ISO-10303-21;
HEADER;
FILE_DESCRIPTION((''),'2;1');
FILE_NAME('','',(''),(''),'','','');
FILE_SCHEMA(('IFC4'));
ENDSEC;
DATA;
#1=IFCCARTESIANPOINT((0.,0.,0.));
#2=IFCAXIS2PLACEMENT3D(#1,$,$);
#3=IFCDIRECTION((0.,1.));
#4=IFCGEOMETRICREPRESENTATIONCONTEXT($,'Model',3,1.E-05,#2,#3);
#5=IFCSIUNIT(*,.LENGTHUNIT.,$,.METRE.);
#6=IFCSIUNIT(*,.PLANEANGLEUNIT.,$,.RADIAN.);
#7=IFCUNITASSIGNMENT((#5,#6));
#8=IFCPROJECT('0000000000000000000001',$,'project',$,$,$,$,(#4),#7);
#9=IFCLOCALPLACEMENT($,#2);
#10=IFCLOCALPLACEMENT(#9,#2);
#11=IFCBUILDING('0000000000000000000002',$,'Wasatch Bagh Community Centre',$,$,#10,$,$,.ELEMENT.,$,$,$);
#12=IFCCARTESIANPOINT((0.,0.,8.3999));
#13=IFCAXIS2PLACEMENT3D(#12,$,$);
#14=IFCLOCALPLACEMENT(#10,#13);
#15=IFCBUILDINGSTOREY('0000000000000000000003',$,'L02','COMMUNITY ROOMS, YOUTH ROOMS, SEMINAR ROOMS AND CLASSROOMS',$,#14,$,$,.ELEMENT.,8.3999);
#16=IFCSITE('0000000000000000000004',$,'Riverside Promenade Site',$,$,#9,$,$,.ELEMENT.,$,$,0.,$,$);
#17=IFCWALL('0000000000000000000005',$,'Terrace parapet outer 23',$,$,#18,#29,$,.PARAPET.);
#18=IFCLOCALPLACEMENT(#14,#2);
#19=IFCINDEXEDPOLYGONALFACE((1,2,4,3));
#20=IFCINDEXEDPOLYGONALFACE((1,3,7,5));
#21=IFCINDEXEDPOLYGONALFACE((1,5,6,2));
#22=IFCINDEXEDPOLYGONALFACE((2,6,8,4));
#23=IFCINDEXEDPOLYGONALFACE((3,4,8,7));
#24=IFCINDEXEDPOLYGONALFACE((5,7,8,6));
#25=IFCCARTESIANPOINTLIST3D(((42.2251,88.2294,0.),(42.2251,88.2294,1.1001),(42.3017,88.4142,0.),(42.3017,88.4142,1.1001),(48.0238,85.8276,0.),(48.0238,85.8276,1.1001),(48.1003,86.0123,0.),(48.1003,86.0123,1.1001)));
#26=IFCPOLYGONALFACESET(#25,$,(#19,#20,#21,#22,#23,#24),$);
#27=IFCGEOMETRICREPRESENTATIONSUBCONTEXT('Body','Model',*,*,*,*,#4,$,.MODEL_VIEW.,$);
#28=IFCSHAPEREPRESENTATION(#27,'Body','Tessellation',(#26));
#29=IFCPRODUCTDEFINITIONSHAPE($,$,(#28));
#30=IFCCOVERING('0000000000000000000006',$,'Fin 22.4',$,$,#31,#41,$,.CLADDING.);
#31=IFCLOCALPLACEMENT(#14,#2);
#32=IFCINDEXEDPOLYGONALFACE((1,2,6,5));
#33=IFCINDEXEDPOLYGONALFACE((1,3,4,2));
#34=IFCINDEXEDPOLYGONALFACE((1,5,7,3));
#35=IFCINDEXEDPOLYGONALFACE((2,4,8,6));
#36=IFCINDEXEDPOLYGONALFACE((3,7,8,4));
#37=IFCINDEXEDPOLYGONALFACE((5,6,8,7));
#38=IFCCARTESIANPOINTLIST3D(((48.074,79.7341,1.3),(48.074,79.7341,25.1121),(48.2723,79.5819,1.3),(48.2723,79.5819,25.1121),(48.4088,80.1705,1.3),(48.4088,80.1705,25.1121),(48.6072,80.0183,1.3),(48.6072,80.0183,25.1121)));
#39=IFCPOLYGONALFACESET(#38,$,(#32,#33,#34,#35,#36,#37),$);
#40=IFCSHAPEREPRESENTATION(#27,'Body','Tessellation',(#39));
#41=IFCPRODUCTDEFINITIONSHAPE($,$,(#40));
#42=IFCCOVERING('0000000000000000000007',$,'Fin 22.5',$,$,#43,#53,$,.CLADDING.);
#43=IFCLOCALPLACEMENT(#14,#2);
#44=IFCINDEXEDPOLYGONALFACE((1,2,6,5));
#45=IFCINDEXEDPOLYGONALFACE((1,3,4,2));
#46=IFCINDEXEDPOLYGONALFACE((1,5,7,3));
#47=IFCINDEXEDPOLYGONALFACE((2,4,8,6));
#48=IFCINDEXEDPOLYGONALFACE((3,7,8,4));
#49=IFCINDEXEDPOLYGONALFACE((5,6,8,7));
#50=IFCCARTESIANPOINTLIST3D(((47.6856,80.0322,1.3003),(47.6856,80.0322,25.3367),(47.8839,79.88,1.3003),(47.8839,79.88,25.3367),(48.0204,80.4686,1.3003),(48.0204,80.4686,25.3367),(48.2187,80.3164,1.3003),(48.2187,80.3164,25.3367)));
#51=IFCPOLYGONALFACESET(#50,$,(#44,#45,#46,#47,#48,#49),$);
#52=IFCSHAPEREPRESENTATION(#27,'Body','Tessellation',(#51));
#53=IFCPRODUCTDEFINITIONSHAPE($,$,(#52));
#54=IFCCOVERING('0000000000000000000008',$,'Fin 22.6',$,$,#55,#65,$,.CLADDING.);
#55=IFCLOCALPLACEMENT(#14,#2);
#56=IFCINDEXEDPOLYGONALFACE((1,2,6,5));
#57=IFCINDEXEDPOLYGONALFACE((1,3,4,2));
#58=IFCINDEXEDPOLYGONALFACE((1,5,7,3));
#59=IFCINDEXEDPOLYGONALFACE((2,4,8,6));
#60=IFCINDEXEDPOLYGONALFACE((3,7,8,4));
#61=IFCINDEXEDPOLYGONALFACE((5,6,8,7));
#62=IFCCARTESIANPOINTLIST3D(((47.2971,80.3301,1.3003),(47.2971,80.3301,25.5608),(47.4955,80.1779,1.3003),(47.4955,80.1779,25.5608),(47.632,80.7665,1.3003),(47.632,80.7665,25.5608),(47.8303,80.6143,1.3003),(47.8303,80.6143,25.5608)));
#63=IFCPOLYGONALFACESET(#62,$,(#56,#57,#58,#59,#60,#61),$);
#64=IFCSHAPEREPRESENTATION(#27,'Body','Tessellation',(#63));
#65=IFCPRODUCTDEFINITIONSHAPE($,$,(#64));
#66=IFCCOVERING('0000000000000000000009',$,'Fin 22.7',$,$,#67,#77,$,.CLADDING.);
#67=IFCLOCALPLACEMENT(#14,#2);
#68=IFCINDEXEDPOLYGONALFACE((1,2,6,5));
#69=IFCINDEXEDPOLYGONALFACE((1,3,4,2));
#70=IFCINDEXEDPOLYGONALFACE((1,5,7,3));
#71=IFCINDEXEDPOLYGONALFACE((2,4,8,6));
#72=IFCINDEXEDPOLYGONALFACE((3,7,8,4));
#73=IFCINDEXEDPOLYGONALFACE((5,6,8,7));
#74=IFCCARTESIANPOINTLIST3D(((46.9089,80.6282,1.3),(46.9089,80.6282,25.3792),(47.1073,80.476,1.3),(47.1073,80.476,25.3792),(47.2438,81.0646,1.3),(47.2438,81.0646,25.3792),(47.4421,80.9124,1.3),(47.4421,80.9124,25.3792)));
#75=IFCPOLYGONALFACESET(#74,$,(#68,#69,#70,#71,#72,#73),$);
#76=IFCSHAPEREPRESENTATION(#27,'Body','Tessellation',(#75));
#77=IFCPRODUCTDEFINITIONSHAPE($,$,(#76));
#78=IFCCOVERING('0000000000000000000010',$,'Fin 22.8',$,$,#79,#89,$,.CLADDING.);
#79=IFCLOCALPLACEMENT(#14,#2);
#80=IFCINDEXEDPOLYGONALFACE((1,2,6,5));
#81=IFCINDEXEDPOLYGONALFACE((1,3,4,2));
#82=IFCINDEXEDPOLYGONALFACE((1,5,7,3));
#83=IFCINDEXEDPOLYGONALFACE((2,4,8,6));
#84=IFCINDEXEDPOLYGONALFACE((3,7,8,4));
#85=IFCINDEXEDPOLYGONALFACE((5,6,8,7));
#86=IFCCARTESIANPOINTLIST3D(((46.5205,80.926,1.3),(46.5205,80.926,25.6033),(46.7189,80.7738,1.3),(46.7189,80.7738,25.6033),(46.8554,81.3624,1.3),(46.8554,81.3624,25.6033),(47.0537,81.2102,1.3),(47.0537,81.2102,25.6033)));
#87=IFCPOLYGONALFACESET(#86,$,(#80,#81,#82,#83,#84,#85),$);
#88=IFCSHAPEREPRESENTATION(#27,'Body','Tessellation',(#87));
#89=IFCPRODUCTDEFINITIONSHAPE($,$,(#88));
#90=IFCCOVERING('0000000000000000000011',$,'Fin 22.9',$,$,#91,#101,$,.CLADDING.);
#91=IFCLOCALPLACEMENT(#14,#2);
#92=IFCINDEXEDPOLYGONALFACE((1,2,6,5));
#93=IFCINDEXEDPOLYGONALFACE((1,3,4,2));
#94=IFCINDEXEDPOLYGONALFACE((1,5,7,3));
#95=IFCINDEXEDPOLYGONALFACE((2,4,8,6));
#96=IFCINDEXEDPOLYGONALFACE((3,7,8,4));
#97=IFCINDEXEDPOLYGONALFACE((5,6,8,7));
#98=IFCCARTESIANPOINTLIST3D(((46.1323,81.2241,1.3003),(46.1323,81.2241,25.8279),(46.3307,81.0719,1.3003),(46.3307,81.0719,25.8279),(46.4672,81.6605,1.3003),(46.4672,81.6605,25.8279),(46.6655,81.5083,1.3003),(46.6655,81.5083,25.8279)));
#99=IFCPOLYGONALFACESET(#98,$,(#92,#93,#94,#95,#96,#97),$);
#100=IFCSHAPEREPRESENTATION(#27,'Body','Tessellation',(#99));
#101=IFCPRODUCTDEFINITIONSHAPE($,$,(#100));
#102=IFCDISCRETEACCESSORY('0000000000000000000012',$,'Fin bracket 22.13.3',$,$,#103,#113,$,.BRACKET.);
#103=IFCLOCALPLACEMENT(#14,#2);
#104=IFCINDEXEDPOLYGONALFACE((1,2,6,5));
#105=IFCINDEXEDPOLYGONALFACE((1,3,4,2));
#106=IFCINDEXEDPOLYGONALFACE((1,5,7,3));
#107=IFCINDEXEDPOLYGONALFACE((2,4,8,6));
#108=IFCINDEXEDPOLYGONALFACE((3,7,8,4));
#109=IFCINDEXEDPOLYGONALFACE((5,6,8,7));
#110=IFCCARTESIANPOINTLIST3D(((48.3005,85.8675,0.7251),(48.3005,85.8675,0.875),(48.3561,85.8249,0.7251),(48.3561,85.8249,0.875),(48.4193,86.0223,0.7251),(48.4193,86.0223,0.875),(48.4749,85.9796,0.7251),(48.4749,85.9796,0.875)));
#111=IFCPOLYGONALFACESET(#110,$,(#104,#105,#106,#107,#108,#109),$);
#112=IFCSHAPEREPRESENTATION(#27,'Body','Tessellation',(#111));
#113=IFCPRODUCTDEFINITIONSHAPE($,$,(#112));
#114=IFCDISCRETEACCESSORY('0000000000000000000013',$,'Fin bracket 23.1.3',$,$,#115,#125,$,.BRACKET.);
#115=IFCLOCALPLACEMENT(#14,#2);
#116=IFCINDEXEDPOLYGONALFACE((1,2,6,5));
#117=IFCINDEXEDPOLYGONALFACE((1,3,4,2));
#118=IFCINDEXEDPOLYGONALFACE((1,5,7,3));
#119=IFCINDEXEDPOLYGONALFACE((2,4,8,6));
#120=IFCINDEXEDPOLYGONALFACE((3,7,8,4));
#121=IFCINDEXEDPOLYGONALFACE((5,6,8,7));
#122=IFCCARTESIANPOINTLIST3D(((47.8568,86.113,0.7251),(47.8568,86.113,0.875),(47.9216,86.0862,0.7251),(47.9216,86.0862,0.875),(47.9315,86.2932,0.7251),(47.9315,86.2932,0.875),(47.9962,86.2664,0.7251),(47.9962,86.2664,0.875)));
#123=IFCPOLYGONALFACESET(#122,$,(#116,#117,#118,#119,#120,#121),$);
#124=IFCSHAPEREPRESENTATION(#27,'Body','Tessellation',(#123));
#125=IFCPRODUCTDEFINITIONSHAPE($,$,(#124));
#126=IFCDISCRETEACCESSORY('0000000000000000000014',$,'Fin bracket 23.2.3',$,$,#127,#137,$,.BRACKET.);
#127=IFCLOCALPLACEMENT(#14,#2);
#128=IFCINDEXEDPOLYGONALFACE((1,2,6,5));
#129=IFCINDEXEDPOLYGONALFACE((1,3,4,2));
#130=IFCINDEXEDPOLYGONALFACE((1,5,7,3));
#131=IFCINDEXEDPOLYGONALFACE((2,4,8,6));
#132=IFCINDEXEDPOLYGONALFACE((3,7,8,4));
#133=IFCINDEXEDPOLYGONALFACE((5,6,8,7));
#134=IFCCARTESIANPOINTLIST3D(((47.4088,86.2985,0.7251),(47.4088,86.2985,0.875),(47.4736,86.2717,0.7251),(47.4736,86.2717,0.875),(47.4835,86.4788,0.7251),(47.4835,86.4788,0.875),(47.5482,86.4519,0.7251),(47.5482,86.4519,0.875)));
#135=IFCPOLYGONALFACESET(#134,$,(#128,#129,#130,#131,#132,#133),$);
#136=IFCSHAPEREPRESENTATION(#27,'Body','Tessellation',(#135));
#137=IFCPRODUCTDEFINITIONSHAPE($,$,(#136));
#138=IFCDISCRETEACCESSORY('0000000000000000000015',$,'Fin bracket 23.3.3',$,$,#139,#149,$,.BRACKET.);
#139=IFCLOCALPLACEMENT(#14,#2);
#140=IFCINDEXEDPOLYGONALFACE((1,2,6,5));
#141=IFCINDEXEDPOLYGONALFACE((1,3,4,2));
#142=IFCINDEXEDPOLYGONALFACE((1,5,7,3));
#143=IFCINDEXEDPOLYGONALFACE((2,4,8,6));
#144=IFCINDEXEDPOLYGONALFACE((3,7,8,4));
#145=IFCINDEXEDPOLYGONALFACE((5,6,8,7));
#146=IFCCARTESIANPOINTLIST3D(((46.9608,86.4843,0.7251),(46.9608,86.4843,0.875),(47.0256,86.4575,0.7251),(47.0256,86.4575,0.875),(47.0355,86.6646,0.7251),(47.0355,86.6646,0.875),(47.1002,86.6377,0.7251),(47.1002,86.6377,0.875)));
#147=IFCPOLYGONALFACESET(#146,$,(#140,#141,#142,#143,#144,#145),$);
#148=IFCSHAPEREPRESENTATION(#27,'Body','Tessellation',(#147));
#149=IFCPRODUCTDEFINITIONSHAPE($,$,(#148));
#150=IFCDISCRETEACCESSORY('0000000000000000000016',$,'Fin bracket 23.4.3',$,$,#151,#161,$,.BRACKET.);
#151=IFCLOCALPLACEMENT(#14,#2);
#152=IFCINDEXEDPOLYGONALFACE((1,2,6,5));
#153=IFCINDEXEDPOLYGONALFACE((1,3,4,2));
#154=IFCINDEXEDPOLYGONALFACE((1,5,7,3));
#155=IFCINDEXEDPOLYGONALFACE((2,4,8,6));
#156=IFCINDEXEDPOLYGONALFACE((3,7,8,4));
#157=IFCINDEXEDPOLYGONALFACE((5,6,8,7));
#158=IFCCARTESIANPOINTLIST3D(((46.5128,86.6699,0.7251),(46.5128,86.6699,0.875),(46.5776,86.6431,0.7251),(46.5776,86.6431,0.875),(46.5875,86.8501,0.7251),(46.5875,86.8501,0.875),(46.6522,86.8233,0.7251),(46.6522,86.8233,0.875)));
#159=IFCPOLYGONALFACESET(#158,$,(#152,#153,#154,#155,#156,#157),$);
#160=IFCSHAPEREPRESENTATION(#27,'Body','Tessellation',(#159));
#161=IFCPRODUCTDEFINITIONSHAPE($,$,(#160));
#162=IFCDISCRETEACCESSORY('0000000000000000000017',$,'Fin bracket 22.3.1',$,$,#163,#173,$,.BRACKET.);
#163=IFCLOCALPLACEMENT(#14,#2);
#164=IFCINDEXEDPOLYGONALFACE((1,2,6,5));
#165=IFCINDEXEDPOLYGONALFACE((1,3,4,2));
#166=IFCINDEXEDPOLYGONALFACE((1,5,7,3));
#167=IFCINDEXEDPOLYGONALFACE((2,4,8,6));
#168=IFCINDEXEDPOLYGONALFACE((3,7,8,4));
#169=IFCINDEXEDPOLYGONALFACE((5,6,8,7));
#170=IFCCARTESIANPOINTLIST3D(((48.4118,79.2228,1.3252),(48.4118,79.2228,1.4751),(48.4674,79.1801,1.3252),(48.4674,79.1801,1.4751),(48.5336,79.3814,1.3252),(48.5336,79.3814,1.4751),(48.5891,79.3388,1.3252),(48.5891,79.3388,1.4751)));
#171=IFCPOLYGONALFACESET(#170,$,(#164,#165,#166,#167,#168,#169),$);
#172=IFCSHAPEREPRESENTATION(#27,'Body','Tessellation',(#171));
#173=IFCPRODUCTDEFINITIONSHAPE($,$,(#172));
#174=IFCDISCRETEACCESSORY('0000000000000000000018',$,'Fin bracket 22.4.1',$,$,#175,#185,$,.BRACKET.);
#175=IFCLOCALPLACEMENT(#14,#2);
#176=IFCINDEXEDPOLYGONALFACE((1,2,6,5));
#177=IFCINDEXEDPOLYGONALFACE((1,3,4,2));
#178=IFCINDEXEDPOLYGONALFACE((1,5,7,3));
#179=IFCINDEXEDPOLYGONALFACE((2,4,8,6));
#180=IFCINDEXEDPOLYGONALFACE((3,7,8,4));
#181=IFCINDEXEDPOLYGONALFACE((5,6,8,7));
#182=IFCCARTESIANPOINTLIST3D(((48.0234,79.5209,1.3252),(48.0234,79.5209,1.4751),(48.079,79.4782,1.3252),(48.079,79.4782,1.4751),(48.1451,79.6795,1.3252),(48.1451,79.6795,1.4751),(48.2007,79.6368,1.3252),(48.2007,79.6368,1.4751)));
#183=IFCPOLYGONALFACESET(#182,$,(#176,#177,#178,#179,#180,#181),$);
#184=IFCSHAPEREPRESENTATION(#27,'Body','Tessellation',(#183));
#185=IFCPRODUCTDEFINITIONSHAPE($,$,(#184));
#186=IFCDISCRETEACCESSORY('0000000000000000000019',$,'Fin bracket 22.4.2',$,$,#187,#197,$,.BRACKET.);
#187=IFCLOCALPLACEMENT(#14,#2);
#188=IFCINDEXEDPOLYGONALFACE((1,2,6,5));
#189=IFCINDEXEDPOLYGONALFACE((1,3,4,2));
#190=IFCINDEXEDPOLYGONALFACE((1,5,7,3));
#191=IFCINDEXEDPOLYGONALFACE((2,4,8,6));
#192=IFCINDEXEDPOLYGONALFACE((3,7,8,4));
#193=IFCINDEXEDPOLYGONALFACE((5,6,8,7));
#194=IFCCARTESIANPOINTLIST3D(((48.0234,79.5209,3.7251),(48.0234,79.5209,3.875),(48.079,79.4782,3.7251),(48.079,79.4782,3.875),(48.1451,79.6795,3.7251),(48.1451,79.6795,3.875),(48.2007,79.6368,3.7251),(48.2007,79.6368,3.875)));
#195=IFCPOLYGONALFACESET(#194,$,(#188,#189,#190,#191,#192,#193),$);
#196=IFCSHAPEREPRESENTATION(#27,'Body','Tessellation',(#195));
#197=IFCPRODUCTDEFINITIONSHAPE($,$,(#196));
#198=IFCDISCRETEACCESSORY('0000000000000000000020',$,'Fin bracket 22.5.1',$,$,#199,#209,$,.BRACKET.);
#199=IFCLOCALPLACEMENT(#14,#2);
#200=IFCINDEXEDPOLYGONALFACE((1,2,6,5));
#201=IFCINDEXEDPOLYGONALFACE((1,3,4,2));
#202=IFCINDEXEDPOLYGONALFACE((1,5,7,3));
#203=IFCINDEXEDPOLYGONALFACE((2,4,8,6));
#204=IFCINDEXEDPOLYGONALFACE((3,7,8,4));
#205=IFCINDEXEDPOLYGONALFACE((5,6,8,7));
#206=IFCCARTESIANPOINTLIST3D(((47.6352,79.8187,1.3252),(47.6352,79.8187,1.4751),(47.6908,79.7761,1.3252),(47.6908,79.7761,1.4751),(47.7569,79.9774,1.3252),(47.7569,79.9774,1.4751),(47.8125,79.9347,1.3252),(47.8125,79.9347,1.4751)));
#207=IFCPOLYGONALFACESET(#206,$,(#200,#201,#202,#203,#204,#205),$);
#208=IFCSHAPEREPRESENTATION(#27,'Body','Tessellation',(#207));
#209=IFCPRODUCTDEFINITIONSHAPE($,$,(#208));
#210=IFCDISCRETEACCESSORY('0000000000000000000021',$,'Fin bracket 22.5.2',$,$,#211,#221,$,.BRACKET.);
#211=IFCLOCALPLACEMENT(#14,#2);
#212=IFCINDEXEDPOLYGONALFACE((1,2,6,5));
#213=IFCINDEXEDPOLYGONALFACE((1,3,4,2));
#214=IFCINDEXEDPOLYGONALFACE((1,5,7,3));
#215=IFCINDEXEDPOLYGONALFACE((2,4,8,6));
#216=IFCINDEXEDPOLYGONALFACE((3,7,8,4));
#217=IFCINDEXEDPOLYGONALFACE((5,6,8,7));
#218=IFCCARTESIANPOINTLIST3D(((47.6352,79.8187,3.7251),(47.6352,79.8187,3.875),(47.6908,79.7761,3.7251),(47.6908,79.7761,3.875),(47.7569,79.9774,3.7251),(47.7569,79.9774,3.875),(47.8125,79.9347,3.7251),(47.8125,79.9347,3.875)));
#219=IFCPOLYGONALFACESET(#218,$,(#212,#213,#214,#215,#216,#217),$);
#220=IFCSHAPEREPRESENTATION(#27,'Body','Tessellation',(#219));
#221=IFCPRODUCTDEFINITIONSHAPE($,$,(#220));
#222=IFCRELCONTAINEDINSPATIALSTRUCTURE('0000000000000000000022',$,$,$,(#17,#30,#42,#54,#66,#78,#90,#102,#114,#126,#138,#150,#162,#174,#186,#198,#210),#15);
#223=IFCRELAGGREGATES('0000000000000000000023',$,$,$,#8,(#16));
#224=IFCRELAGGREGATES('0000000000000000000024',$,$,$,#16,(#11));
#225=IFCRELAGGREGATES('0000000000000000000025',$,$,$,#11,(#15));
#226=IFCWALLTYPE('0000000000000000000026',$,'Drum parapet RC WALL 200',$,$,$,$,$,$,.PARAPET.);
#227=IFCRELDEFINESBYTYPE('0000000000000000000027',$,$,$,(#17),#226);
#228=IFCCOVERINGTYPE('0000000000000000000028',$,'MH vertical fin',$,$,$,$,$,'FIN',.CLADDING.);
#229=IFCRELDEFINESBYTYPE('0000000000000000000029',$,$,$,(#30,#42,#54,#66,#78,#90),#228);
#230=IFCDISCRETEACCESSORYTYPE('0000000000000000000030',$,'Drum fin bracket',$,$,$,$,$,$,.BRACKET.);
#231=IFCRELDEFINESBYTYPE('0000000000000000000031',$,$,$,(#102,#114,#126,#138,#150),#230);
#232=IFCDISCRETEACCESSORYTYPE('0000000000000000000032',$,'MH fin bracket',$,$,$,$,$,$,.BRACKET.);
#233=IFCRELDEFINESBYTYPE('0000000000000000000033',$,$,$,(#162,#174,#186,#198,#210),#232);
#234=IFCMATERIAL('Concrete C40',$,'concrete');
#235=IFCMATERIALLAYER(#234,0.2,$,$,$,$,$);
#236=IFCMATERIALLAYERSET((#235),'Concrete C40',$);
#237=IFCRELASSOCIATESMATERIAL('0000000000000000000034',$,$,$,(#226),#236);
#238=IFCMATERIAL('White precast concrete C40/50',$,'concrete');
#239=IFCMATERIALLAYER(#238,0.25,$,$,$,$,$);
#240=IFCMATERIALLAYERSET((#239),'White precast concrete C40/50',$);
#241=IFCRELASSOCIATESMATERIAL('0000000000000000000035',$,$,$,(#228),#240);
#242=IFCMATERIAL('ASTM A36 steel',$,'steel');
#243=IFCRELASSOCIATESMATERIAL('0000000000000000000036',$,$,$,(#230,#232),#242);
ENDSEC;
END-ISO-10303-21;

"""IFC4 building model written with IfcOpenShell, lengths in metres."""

from ifc_helpers import new_model, si_unit, direction, frame, frame_2d, origin, origin_2d, place, context, subcontext, project, spatial, rectangle, extrude, material, layer, layer_set, type_object, element, save


model = new_model("IFC4")

# Units and contexts
model_context = context("Model", 3, precision=1e-05, world=origin(), true_north=direction((0.0, 1.0)))
body_context = subcontext(model_context, "Body", "Model", "MODEL_VIEW")
ifc_project = project(units=[si_unit("LENGTHUNIT", "METRE"), si_unit("PLANEANGLEUNIT", "RADIAN")], contexts=[model_context])

# Site, building, storey
site_placement = place(None, origin())
site = spatial("IfcSite", under=ifc_project, at=site_placement, Name="Riverside Promenade Site", CompositionType="ELEMENT", RefElevation=0.0)
building_placement = place(site_placement, origin())
building = spatial("IfcBuilding", under=site, at=building_placement, Name="Wasatch Bagh Community Centre", CompositionType="ELEMENT")
storey_placement = place(building_placement, frame((0.0, 0.0, 8.3999)))
storey = spatial("IfcBuildingStorey", under=building, at=storey_placement, Name="L02", Description="COMMUNITY ROOMS, YOUTH ROOMS, SEMINAR ROOMS AND CLASSROOMS", CompositionType="ELEMENT", Elevation=8.3999)

# Wall
ifc_material_1 = material(Name="Concrete C40", Category="concrete")
ifc_layer_1 = layer(ifc_material_1, 0.2)
ifc_layer_set_1 = layer_set([ifc_layer_1], Name="Concrete C40")
wall_type = type_object("IfcWallType", Name="Drum parapet RC WALL 200", PredefinedType="PARAPET", material=ifc_layer_set_1)
wall_placement = place(storey_placement, frame((48.062, 85.9199, 0.0), z_axis=(0.0, 0.0, 1.0), x_axis=(-0.923879, 0.382684, 0.0)))
element("IfcWall", 1, at=wall_placement, inside=storey, type_object=wall_type, Name="Terrace parapet outer 23", PredefinedType="PARAPET", context=body_context, shape_type="SweptSolid", body=[
    extrude(rectangle(XDim=6.2764, YDim=0.2, at=frame_2d((3.1382, 0.0))), origin(), (0.0, 0.0, 1.0), 1.1001),
])

# Coverings
ifc_material_2 = material(Name="White precast concrete C40/50", Category="concrete")
ifc_layer_2 = layer(ifc_material_2, 0.25)
ifc_layer_set_2 = layer_set([ifc_layer_2], Name="White precast concrete C40/50")
covering_type = type_object("IfcCoveringType", Name="MH vertical fin", ElementType="FIN", PredefinedType="CLADDING", material=ifc_layer_set_2)
covering_1_placement = place(storey_placement, frame((48.3406, 79.8762, 1.3), z_axis=(0.0, 0.0, 1.0), x_axis=(-0.793353, 0.608761, 0.0)))
element("IfcCovering", 2, at=covering_1_placement, inside=storey, type_object=covering_type, Name="Fin 22.4", PredefinedType="CLADDING", context=body_context, shape_type="SweptSolid", body=[
    extrude(rectangle(XDim=0.25, YDim=0.55, at=origin_2d()), origin(), (0.0, 0.0, 1.0), 23.812),
])
covering_2_placement = place(storey_placement, frame((47.9521, 80.1743, 1.3003), z_axis=(0.0, 0.0, 1.0), x_axis=(-0.793353, 0.608761, 0.0)))
element("IfcCovering", 3, at=covering_2_placement, inside=storey, type_object=covering_type, Name="Fin 22.5", PredefinedType="CLADDING", context=body_context, shape_type="SweptSolid", body=[
    extrude(rectangle(XDim=0.25, YDim=0.55, at=origin_2d()), origin(), (0.0, 0.0, 1.0), 24.0364),
])
covering_3_placement = place(storey_placement, frame((47.5637, 80.4722, 1.3003), z_axis=(0.0, 0.0, 1.0), x_axis=(-0.793353, 0.608761, 0.0)))
element("IfcCovering", 4, at=covering_3_placement, inside=storey, type_object=covering_type, Name="Fin 22.6", PredefinedType="CLADDING", context=body_context, shape_type="SweptSolid", body=[
    extrude(rectangle(XDim=0.25, YDim=0.55, at=origin_2d()), origin(), (0.0, 0.0, 1.0), 24.2605),
])
covering_4_placement = place(storey_placement, frame((47.1755, 80.7703, 1.3), z_axis=(0.0, 0.0, 1.0), x_axis=(-0.793353, 0.608761, 0.0)))
element("IfcCovering", 5, at=covering_4_placement, inside=storey, type_object=covering_type, Name="Fin 22.7", PredefinedType="CLADDING", context=body_context, shape_type="SweptSolid", body=[
    extrude(rectangle(XDim=0.25, YDim=0.55, at=origin_2d()), origin(), (0.0, 0.0, 1.0), 24.0791),
])
covering_5_placement = place(storey_placement, frame((46.7871, 81.0681, 1.3), z_axis=(0.0, 0.0, 1.0), x_axis=(-0.793353, 0.608761, 0.0)))
element("IfcCovering", 6, at=covering_5_placement, inside=storey, type_object=covering_type, Name="Fin 22.8", PredefinedType="CLADDING", context=body_context, shape_type="SweptSolid", body=[
    extrude(rectangle(XDim=0.25, YDim=0.55, at=origin_2d()), origin(), (0.0, 0.0, 1.0), 24.3032),
])
covering_6_placement = place(storey_placement, frame((46.3989, 81.3662, 1.3003), z_axis=(0.0, 0.0, 1.0), x_axis=(-0.793353, 0.608761, 0.0)))
element("IfcCovering", 7, at=covering_6_placement, inside=storey, type_object=covering_type, Name="Fin 22.9", PredefinedType="CLADDING", context=body_context, shape_type="SweptSolid", body=[
    extrude(rectangle(XDim=0.25, YDim=0.55, at=origin_2d()), origin(), (0.0, 0.0, 1.0), 24.5276),
])

# Discrete accessories
ifc_material_3 = material(Name="ASTM A36 steel", Category="steel")
discrete_accessory_type_1 = type_object("IfcDiscreteAccessoryType", Name="Drum fin bracket", PredefinedType="BRACKET", material=ifc_material_3)
for number, where, z_axis, x_axis, name in (
    (8, (48.3877, 85.9236, 0.7251), (0.0, 0.0, 1.0), (-0.793353, 0.608761, 0.0), "Fin bracket 22.13.3"),
    (9, (47.9265, 86.1897, 0.7251), (0.0, 0.0, 1.0), (-0.92388, 0.382683, 0.0), "Fin bracket 23.1.3"),
    (10, (47.4785, 86.3752, 0.7251), (0.0, 0.0, 1.0), (-0.92388, 0.382683, 0.0), "Fin bracket 23.2.3"),
    (11, (47.0305, 86.561, 0.7251), (0.0, 0.0, 1.0), (-0.92388, 0.382683, 0.0), "Fin bracket 23.3.3"),
    (12, (46.5825, 86.7466, 0.7251), (0.0, 0.0, 1.0), (-0.92388, 0.382683, 0.0), "Fin bracket 23.4.3"),
):
    element("IfcDiscreteAccessory", number, at=place(storey_placement, frame(where, z_axis=z_axis, x_axis=x_axis)), inside=storey, type_object=discrete_accessory_type_1, Name=name, PredefinedType="BRACKET", context=body_context, shape_type="SweptSolid", body=[
        extrude(rectangle(XDim=0.0701, YDim=0.1951, at=origin_2d()), origin(), (0.0, 0.0, 1.0), 0.1499),
    ])
discrete_accessory_type_2 = type_object("IfcDiscreteAccessoryType", Name="MH fin bracket", PredefinedType="BRACKET", material=ifc_material_3)
for number, where, z_axis, x_axis, name in (
    (13, (48.5005, 79.2808, 1.3252), (0.0, 0.0, 1.0), (-0.793353, 0.608761, 0.0), "Fin bracket 22.3.1"),
    (14, (48.1121, 79.5789, 1.3252), (0.0, 0.0, 1.0), (-0.793353, 0.608761, 0.0), "Fin bracket 22.4.1"),
    (15, (48.1121, 79.5789, 3.7251), (0.0, 0.0, 1.0), (-0.793353, 0.608761, 0.0), "Fin bracket 22.4.2"),
    (16, (47.7239, 79.8767, 1.3252), (0.0, 0.0, 1.0), (-0.793353, 0.608761, 0.0), "Fin bracket 22.5.1"),
    (17, (47.7239, 79.8767, 3.7251), (0.0, 0.0, 1.0), (-0.793353, 0.608761, 0.0), "Fin bracket 22.5.2"),
):
    element("IfcDiscreteAccessory", number, at=place(storey_placement, frame(where, z_axis=z_axis, x_axis=x_axis)), inside=storey, type_object=discrete_accessory_type_2, Name=name, PredefinedType="BRACKET", context=body_context, shape_type="SweptSolid", body=[
        extrude(rectangle(XDim=0.0701, YDim=0.2, at=origin_2d()), origin(), (0.0, 0.0, 1.0), 0.1499),
    ])

save(model, "model.ifc")
